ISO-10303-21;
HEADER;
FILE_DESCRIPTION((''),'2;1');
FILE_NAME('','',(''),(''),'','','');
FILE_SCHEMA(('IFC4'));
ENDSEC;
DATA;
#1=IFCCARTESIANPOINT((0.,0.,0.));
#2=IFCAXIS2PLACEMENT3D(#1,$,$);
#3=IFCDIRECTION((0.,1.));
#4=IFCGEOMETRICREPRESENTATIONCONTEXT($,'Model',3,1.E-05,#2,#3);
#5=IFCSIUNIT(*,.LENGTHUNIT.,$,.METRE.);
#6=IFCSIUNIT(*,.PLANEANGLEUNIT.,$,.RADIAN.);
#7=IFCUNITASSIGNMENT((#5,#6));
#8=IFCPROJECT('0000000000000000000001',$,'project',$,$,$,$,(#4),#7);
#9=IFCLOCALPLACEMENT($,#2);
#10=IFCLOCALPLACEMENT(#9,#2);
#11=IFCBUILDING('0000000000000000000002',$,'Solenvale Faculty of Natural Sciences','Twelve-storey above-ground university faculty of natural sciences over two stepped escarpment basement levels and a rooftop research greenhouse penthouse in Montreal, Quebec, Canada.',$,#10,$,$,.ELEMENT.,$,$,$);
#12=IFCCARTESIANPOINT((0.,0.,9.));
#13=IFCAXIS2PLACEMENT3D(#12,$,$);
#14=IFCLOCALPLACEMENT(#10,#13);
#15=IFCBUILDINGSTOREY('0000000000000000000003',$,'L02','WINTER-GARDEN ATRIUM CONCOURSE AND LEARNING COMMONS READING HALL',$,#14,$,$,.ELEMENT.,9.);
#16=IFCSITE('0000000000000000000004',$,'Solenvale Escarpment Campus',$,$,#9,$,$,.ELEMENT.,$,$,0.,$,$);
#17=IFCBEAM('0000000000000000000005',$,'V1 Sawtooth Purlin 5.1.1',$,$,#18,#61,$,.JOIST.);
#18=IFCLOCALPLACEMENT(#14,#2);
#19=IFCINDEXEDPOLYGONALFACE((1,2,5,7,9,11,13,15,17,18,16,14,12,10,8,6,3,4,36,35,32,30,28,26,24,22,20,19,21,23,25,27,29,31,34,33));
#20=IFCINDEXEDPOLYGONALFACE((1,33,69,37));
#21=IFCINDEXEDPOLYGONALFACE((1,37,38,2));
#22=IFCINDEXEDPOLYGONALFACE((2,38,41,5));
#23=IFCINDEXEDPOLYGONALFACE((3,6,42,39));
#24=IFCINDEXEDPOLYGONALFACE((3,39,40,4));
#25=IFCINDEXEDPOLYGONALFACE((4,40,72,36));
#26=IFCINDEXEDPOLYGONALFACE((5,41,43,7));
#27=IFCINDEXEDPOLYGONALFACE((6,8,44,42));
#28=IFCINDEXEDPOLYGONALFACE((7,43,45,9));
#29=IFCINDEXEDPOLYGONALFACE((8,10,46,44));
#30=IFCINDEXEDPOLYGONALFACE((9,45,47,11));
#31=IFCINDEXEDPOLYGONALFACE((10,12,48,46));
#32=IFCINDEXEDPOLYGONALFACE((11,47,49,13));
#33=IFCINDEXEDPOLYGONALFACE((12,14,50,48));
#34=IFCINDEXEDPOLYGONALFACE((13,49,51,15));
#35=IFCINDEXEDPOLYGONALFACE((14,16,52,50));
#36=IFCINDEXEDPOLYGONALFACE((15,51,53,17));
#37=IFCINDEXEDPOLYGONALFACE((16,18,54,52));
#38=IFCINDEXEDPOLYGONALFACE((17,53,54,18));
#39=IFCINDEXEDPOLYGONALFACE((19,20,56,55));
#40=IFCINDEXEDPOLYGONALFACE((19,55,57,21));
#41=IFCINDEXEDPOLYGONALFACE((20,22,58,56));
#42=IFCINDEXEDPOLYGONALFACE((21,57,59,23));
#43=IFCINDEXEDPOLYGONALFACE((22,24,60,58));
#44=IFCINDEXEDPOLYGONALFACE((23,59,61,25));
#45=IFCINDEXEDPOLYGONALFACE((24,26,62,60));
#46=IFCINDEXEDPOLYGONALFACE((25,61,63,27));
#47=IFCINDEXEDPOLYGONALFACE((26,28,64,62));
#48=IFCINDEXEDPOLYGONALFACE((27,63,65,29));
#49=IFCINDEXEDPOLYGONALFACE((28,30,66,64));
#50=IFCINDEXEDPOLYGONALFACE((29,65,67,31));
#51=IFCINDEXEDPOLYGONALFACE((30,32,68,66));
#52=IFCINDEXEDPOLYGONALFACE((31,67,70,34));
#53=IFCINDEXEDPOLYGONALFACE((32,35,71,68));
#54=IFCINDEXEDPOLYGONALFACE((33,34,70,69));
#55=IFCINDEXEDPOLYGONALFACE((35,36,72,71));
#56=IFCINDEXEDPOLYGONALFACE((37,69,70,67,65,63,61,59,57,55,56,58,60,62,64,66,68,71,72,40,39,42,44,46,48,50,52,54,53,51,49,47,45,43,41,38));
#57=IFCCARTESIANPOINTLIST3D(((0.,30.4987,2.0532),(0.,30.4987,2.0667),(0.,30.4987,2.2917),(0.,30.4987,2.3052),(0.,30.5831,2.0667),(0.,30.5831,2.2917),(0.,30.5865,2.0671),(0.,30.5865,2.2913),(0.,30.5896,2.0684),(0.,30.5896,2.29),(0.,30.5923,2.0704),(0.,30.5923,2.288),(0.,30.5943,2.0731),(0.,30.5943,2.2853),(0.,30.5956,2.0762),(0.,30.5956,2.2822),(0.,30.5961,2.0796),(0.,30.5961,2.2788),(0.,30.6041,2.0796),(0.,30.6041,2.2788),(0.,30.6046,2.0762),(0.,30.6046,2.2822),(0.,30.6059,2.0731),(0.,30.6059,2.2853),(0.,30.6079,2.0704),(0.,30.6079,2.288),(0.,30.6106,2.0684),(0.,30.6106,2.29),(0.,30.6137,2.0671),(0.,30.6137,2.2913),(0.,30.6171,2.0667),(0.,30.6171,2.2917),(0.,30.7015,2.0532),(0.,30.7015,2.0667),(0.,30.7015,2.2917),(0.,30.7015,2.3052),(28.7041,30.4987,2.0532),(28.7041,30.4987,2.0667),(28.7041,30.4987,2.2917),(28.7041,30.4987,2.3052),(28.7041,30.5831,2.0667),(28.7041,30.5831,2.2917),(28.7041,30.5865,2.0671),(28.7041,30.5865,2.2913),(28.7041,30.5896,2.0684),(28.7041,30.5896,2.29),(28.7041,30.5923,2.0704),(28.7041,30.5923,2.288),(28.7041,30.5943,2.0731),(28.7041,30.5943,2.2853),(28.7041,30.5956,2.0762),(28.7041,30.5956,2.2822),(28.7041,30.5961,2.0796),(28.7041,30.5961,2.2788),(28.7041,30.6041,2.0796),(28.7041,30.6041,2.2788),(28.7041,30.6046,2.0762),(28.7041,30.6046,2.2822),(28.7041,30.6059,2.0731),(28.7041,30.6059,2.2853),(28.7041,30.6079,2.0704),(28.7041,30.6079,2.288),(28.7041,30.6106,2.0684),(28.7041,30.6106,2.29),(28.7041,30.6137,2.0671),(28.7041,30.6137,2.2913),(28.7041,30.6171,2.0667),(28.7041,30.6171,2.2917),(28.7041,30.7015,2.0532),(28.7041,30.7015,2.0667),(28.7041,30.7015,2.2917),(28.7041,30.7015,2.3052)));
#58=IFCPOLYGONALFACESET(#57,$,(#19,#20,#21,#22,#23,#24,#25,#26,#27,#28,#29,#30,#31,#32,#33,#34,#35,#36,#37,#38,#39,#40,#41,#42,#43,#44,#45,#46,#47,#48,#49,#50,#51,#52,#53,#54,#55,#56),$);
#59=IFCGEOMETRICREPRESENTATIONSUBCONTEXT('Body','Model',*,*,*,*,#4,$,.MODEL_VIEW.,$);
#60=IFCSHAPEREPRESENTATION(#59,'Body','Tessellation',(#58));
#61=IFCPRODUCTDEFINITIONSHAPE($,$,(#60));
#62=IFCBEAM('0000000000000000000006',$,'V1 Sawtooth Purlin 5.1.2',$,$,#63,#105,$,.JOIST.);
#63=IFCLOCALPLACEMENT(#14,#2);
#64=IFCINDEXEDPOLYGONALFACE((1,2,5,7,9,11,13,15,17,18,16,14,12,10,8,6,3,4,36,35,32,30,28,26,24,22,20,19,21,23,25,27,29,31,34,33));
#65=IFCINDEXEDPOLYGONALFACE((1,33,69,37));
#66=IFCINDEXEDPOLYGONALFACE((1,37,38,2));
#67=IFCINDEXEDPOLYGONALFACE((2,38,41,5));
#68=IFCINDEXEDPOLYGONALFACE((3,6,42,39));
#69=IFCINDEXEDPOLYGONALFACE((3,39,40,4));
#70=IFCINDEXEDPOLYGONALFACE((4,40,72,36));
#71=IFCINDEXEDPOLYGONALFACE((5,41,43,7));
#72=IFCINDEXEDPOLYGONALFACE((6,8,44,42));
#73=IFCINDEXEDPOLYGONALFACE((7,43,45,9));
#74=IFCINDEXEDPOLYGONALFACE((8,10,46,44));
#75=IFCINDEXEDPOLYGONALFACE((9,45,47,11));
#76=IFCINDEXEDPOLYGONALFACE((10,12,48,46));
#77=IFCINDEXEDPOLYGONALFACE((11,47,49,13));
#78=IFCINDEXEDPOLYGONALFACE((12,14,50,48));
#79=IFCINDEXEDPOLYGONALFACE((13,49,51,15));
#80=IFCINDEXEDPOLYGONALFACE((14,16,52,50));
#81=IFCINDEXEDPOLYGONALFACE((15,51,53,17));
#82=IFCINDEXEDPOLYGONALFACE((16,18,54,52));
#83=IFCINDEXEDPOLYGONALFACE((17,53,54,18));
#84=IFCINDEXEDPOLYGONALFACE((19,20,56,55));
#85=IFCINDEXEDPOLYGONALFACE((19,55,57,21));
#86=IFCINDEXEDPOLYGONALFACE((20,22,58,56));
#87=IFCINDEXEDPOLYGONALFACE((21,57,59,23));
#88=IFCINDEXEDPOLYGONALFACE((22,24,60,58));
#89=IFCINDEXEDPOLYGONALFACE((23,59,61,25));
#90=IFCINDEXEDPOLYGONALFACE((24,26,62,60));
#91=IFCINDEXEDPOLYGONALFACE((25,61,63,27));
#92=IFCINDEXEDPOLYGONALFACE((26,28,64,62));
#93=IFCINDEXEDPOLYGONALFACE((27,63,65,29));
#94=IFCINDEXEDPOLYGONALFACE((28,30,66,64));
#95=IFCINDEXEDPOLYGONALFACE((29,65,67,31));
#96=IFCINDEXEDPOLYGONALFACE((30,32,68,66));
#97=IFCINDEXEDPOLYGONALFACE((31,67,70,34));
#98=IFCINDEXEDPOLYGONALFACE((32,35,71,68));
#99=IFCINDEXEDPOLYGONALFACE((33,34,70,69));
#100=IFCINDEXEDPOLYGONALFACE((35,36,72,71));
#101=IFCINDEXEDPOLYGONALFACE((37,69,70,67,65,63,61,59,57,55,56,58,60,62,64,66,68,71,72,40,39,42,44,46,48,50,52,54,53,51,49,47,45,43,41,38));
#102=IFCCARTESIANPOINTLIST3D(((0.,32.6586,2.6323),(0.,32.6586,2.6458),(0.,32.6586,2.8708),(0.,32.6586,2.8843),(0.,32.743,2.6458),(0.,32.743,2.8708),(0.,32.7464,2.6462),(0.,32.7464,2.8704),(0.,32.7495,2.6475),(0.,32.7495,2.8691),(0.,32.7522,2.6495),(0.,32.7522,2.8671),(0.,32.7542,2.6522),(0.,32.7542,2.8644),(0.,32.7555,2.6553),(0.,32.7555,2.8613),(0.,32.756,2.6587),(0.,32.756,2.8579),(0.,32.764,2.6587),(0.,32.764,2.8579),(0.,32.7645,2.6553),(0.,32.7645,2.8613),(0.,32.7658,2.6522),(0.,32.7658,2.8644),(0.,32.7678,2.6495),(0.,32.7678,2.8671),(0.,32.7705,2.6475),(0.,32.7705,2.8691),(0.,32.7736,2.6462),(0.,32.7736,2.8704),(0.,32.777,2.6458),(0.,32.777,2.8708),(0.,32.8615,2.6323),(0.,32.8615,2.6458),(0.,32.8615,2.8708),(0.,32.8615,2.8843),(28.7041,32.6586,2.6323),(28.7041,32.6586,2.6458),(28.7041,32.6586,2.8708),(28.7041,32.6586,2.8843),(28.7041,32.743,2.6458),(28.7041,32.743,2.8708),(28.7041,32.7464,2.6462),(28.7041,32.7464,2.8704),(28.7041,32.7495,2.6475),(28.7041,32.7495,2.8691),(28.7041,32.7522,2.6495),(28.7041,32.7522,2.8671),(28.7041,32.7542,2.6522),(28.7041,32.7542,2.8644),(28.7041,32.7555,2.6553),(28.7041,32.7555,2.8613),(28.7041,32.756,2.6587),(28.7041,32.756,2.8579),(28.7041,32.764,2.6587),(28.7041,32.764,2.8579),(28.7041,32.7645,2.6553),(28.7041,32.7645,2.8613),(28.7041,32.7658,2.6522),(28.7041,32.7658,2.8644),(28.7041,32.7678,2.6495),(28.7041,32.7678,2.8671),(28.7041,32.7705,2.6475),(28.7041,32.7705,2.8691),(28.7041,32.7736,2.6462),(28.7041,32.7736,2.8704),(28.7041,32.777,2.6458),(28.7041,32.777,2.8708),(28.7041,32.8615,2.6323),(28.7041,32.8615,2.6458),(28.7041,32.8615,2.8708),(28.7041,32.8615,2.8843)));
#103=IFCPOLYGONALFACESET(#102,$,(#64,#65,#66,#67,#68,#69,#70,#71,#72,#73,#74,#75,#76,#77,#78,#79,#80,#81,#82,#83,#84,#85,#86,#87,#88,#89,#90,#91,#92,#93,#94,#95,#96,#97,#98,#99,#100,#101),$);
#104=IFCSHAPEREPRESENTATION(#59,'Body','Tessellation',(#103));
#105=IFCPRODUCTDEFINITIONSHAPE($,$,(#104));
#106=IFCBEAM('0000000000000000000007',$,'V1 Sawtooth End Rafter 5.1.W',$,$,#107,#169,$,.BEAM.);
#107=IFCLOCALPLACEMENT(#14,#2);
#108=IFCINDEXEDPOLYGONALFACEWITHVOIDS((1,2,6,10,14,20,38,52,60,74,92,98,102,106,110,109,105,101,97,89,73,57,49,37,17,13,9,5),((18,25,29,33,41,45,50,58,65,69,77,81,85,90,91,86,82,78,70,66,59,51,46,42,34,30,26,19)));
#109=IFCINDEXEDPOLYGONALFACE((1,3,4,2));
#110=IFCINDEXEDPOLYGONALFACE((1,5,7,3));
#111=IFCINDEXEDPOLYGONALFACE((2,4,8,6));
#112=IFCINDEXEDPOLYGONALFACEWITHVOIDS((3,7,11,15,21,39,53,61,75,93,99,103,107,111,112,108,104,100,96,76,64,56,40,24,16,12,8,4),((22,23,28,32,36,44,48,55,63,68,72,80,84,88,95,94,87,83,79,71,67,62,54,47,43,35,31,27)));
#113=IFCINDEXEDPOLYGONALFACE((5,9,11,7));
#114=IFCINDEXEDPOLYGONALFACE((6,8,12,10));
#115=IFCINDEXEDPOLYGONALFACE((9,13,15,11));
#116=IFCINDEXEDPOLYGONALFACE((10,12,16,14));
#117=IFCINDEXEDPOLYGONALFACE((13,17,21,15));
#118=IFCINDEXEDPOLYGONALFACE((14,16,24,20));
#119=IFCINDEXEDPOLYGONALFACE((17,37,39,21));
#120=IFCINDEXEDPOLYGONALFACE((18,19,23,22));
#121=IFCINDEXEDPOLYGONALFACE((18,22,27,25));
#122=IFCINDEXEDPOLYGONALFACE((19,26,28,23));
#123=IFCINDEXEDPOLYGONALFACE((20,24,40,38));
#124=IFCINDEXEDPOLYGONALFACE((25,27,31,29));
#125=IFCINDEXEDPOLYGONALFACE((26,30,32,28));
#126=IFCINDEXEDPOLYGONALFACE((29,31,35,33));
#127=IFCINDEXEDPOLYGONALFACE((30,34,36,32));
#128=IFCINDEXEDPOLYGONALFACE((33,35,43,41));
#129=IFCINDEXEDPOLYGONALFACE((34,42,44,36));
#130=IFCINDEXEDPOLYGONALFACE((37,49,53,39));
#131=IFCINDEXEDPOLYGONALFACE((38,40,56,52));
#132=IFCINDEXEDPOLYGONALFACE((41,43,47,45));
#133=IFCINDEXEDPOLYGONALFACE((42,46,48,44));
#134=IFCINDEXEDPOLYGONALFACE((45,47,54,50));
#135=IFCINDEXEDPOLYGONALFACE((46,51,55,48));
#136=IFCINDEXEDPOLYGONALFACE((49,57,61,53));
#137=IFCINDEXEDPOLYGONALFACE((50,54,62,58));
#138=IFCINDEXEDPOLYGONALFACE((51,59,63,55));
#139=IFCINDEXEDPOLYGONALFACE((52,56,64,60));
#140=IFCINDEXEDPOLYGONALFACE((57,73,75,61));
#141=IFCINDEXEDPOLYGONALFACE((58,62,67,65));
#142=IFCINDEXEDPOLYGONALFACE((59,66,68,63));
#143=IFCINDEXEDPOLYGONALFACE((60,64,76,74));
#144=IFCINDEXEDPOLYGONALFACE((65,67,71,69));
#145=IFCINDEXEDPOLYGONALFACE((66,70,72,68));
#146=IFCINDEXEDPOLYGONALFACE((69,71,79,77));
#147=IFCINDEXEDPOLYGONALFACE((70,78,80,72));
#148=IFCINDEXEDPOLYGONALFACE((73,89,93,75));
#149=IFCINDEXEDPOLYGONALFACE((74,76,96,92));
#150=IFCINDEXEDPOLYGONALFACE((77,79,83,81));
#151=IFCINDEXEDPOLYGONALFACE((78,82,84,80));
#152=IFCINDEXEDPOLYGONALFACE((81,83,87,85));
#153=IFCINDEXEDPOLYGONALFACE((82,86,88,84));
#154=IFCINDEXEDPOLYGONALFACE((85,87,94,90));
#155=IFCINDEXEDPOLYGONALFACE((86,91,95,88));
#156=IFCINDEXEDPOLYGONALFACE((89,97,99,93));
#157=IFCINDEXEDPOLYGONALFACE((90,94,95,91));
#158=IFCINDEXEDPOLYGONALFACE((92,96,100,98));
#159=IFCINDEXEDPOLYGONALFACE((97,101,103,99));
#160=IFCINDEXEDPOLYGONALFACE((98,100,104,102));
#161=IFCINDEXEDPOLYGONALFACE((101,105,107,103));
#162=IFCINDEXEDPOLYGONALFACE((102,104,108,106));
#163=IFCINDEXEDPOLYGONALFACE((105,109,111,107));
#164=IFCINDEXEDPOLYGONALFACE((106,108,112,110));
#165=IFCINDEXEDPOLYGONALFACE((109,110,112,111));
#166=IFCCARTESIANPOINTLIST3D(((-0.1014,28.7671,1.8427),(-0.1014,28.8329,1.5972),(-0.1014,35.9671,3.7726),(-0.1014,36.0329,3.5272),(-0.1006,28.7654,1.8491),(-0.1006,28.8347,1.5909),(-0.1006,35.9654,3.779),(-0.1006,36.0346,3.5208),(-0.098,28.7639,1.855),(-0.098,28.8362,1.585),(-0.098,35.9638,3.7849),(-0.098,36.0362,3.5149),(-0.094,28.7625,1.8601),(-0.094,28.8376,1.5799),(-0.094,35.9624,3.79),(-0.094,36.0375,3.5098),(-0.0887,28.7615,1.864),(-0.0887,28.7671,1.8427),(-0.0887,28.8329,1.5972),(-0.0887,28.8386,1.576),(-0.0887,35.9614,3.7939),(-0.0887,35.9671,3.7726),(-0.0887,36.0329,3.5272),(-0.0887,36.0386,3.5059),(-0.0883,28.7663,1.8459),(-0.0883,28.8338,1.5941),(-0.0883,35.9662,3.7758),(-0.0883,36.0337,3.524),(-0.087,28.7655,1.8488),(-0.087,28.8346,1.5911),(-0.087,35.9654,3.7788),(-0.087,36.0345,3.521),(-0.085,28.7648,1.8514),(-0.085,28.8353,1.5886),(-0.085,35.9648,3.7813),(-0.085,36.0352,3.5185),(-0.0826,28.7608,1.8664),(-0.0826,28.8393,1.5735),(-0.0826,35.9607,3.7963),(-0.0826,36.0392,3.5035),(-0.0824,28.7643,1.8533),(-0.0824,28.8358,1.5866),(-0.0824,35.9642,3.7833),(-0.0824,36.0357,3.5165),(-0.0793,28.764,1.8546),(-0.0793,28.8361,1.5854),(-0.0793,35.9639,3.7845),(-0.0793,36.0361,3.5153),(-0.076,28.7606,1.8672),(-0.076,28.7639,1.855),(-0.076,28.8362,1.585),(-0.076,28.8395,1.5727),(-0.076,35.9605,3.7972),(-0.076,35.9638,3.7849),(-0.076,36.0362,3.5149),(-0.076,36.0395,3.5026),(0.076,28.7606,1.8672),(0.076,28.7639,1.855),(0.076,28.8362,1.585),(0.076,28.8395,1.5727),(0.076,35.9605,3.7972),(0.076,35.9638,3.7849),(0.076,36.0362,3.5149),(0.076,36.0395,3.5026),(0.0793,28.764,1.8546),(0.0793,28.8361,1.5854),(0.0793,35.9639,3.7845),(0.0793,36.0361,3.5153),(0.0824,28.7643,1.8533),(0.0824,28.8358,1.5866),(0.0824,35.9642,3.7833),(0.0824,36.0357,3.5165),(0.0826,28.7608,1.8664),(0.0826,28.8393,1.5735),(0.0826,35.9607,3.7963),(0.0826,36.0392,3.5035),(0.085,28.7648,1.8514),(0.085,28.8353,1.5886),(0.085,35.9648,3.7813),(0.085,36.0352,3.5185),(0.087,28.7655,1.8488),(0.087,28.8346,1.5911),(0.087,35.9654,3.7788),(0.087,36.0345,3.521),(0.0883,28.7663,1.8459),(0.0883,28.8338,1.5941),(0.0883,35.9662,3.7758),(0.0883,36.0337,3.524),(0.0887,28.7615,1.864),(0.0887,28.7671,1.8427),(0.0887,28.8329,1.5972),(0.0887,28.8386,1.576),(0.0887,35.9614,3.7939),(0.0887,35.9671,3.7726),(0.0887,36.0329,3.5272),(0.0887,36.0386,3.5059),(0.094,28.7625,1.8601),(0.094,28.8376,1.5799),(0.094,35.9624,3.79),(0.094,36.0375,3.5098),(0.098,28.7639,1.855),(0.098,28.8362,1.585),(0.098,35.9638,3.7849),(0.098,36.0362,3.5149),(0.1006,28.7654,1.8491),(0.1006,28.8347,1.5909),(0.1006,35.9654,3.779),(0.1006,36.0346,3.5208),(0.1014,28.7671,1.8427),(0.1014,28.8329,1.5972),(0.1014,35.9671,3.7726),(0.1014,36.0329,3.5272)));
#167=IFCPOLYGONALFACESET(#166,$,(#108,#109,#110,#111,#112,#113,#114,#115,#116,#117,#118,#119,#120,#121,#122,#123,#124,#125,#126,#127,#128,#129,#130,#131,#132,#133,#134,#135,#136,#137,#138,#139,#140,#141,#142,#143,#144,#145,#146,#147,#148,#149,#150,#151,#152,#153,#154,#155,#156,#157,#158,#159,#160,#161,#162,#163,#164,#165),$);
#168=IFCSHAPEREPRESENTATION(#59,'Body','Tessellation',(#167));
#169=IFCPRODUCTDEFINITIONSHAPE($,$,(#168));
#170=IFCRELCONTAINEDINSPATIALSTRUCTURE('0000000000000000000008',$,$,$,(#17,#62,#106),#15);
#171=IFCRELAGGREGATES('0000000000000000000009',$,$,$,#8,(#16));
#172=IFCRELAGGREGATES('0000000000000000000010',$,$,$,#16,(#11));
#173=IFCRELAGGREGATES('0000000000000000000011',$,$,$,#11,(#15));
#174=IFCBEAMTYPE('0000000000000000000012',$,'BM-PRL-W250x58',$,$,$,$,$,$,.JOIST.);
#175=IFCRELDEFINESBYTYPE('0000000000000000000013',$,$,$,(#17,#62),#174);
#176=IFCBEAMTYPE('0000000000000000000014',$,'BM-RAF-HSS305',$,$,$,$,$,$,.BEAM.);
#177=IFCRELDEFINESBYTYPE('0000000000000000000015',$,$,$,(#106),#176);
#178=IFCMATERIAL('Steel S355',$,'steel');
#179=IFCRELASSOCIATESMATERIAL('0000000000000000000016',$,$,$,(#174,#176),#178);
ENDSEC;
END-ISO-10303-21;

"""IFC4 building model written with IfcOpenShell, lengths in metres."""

from ifc_helpers import new_model, si_unit, direction, frame, origin, origin_2d, place, context, subcontext, project, spatial, hollow_rectangle, i_section, extrude, material, material_profile, profile_set, type_object, element, save


model = new_model("IFC4")

# Units and contexts
model_context = context("Model", 3, precision=1e-05, world=origin(), true_north=direction((0.0, 1.0)))
body_context = subcontext(model_context, "Body", "Model", "MODEL_VIEW")
ifc_project = project(units=[si_unit("LENGTHUNIT", "METRE"), si_unit("PLANEANGLEUNIT", "RADIAN")], contexts=[model_context])

# Site, building, storey
site_placement = place(None, origin())
site = spatial("IfcSite", under=ifc_project, at=site_placement, Name="Solenvale Escarpment Campus", CompositionType="ELEMENT", RefElevation=0.0)
building_placement = place(site_placement, origin())
building = spatial("IfcBuilding", under=site, at=building_placement, Name="Solenvale Faculty of Natural Sciences", Description="Twelve-storey above-ground university faculty of natural sciences over two stepped escarpment basement levels and a rooftop research greenhouse penthouse in Montreal, Quebec, Canada.", CompositionType="ELEMENT")
storey_placement = place(building_placement, frame((0.0, 0.0, 9.0)))
storey = spatial("IfcBuildingStorey", under=building, at=storey_placement, Name="L02", Description="WINTER-GARDEN ATRIUM CONCOURSE AND LEARNING COMMONS READING HALL", CompositionType="ELEMENT", Elevation=9.0)

# Shared definitions
ifc_material_1 = material(Name="Steel S355", Category="steel")

# Beams
ifc_material_profile_1 = material_profile(ifc_material_1, i_section(OverallWidth=0.2029, OverallDepth=0.252, WebThickness=0.0081, FlangeThickness=0.0134, FilletRadius=0.0129, at=origin_2d()), Name="W250x58")
ifc_profile_set_1 = profile_set([ifc_material_profile_1], Name="Steel S355")
beam_type_1 = type_object("IfcBeamType", Name="BM-PRL-W250x58", PredefinedType="JOIST", material=ifc_profile_set_1)
for number, where, z_axis, x_axis, name in (
    (1, (0.0, 30.6001, 2.1792), (1.0, 0.0, 0.0), (0.0, 1.0, 0.0), "V1 Sawtooth Purlin 5.1.1"),
    (2, (0.0, 32.76, 2.7583), (1.0, 0.0, 0.0), (0.0, 1.0, 0.0), "V1 Sawtooth Purlin 5.1.2"),
):
    element("IfcBeam", number, at=place(storey_placement, frame(where, z_axis=z_axis, x_axis=x_axis)), inside=storey, type_object=beam_type_1, Name=name, PredefinedType="JOIST", context=body_context, shape_type="SweptSolid", body=[
        extrude(i_section(OverallWidth=0.2029, OverallDepth=0.252, WebThickness=0.0081, FlangeThickness=0.0134, FilletRadius=0.0129, at=origin_2d()), origin(), (0.0, 0.0, 1.0), 28.7041),
    ])
ifc_material_profile_2 = material_profile(ifc_material_1, hollow_rectangle(XDim=0.2029, YDim=0.3049, WallThickness=0.0127, InnerFilletRadius=0.0127, OuterFilletRadius=0.0254, at=origin_2d()), Name="HSS305x203x13")
ifc_profile_set_2 = profile_set([ifc_material_profile_2], Name="Steel S355")
beam_type_2 = type_object("IfcBeamType", Name="BM-RAF-HSS305", PredefinedType="BEAM", material=ifc_profile_set_2)
beam_1_placement = place(storey_placement, frame((0.0, 28.8, 1.72), z_axis=(0.0, 0.965902, 0.258908), x_axis=(-1.0, 0.0, 0.0)))
element("IfcBeam", 3, at=beam_1_placement, inside=storey, type_object=beam_type_2, Name="V1 Sawtooth End Rafter 5.1.W", PredefinedType="BEAM", context=body_context, shape_type="SweptSolid", body=[
    extrude(hollow_rectangle(XDim=0.2029, YDim=0.3049, WallThickness=0.0127, InnerFilletRadius=0.0127, OuterFilletRadius=0.0254, at=origin_2d()), origin(), (0.0, 0.0, 1.0), 7.4541),
])

save(model, "model.ifc")
